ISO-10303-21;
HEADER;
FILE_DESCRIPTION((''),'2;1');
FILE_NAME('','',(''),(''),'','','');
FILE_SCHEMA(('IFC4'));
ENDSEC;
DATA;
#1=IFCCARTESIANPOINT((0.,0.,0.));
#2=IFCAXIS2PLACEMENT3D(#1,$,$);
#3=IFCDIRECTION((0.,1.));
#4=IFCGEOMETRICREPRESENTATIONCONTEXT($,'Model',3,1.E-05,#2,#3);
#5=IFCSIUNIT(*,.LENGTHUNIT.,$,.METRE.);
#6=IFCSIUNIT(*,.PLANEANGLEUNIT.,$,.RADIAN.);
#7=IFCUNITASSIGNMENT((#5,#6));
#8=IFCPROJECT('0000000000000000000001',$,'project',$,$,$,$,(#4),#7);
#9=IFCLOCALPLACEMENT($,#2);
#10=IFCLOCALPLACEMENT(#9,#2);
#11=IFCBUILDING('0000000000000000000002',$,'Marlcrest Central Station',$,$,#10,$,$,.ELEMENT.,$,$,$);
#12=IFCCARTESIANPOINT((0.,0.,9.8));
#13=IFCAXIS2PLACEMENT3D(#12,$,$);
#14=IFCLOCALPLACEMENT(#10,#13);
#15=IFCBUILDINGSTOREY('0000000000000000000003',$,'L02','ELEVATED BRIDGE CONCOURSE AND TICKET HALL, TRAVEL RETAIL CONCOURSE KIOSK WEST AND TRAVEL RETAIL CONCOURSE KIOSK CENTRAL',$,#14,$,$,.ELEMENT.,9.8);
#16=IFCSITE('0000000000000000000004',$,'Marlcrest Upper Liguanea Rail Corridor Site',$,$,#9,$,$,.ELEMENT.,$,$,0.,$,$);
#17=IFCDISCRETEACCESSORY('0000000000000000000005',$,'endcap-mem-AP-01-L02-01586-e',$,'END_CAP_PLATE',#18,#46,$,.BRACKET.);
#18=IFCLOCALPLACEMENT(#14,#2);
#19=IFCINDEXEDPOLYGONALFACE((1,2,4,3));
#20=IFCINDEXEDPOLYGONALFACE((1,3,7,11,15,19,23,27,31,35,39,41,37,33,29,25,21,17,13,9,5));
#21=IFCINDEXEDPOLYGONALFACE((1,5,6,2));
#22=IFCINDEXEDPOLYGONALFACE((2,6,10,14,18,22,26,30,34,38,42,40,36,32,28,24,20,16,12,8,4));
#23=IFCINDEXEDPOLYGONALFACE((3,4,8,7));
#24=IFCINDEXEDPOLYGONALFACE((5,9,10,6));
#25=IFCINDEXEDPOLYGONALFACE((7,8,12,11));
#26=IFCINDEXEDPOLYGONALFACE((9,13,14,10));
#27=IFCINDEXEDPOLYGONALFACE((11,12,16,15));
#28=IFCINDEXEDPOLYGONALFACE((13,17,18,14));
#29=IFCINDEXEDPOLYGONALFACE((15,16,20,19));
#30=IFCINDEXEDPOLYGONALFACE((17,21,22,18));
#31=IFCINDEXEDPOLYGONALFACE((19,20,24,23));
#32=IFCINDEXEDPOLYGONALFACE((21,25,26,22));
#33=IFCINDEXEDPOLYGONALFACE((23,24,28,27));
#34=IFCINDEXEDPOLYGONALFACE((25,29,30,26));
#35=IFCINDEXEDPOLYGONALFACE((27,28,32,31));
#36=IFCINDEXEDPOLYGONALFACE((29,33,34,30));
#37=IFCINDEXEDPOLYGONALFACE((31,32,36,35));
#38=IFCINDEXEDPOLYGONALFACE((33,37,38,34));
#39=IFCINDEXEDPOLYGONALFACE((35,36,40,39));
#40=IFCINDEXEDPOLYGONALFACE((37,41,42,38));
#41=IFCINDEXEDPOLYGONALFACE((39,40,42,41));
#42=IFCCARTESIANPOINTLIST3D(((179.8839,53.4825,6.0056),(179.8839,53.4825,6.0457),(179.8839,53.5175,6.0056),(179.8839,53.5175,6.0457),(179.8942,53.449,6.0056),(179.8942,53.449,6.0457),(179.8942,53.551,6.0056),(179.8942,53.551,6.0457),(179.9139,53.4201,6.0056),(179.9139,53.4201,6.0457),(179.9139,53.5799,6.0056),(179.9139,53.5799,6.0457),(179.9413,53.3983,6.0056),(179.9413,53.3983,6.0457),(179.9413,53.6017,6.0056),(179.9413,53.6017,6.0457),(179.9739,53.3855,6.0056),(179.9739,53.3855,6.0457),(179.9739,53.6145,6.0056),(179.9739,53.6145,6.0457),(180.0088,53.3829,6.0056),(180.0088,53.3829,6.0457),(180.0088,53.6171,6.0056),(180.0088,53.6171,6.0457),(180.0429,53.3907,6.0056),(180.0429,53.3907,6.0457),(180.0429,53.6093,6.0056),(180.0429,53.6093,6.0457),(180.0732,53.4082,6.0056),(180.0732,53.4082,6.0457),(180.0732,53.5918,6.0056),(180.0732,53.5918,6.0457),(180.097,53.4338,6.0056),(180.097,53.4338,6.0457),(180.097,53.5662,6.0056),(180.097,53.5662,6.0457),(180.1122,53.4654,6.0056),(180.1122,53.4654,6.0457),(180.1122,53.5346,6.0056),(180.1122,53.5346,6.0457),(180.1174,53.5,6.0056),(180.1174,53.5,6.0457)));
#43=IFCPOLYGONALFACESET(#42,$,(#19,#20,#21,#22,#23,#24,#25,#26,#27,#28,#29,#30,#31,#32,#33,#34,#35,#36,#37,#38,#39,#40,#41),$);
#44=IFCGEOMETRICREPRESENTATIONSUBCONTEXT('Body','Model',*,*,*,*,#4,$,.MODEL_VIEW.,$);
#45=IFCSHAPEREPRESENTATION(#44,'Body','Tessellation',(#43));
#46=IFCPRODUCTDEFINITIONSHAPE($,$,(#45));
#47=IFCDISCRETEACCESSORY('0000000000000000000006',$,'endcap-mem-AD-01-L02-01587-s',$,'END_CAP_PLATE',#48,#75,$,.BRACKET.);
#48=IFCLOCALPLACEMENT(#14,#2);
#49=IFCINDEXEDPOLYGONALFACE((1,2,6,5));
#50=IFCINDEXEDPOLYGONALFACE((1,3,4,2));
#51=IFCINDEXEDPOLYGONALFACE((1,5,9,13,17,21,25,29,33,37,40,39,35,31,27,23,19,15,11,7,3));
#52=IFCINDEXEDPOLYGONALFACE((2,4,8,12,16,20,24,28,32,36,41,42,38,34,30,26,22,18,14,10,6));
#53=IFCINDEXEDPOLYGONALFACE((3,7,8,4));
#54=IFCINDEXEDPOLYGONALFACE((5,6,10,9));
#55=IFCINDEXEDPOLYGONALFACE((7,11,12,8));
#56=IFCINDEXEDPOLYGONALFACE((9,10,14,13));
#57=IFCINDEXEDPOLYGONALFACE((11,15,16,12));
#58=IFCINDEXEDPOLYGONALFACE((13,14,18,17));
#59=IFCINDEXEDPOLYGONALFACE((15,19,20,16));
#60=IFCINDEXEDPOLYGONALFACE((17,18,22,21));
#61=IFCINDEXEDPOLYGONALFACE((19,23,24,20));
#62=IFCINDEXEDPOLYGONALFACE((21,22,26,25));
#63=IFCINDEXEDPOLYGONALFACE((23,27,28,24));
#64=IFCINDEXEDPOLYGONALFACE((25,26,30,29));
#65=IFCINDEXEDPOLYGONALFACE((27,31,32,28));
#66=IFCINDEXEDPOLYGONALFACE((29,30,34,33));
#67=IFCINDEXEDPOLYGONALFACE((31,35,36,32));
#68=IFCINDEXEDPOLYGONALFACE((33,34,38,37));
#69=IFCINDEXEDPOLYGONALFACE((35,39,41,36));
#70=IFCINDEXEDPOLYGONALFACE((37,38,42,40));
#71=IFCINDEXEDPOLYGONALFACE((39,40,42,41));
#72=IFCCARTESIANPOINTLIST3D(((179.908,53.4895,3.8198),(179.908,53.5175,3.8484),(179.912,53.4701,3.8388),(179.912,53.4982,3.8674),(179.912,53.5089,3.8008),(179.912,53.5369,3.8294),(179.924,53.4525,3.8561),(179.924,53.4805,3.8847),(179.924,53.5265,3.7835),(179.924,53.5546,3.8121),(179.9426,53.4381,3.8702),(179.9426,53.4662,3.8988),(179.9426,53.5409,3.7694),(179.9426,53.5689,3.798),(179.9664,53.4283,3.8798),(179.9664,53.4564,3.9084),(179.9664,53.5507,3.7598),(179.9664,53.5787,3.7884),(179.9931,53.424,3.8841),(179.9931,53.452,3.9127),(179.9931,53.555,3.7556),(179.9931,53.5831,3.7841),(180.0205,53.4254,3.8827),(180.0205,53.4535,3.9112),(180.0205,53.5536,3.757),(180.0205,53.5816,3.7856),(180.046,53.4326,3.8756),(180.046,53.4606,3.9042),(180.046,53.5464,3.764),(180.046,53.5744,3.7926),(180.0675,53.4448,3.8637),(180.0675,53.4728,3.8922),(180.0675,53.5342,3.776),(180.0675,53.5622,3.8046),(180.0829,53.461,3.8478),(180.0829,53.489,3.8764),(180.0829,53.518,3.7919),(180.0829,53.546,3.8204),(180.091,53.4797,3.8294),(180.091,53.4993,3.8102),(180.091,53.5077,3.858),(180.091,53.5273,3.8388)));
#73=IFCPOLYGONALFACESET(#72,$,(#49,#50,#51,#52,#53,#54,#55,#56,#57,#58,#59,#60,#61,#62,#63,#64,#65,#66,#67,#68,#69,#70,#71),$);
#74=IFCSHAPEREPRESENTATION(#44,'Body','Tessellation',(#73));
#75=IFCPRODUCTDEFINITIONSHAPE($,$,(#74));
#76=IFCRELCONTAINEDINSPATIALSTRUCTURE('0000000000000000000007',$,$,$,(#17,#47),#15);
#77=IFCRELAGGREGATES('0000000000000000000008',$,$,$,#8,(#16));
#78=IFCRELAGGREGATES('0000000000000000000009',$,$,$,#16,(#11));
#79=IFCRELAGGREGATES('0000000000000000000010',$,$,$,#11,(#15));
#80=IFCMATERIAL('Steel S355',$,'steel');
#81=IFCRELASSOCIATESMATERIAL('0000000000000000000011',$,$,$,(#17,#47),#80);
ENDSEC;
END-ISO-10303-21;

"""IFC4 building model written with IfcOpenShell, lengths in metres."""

from ifc_helpers import new_model, si_unit, direction, frame, origin, origin_2d, place, context, subcontext, project, spatial, circle, extrude, material, element, save


model = new_model("IFC4")

# Units and contexts
model_context = context("Model", 3, precision=1e-05, world=origin(), true_north=direction((0.0, 1.0)))
body_context = subcontext(model_context, "Body", "Model", "MODEL_VIEW")
ifc_project = project(units=[si_unit("LENGTHUNIT", "METRE"), si_unit("PLANEANGLEUNIT", "RADIAN")], contexts=[model_context])

# Site, building, storey
site_placement = place(None, origin())
site = spatial("IfcSite", under=ifc_project, at=site_placement, Name="Marlcrest Upper Liguanea Rail Corridor Site", CompositionType="ELEMENT", RefElevation=0.0)
building_placement = place(site_placement, origin())
building = spatial("IfcBuilding", under=site, at=building_placement, Name="Marlcrest Central Station", CompositionType="ELEMENT")
storey_placement = place(building_placement, frame((0.0, 0.0, 9.8)))
storey = spatial("IfcBuildingStorey", under=building, at=storey_placement, Name="L02", Description="ELEVATED BRIDGE CONCOURSE AND TICKET HALL, TRAVEL RETAIL CONCOURSE KIOSK WEST AND TRAVEL RETAIL CONCOURSE KIOSK CENTRAL", CompositionType="ELEMENT", Elevation=9.8)

# Shared definitions
ifc_material = material(Name="Steel S355", Category="steel")

# Discrete accessories
for number, where, z_axis, x_axis, name in (
    (1, (180.0, 53.5, 6.0056), (0.0, 0.0, 1.0), (1.0, 0.0, 0.0), "endcap-mem-AP-01-L02-01586-e"),
):
    element("IfcDiscreteAccessory", number, at=place(storey_placement, frame(where, z_axis=z_axis, x_axis=x_axis)), inside=storey, material=ifc_material, Name=name, ObjectType="END_CAP_PLATE", PredefinedType="BRACKET", context=body_context, shape_type="SweptSolid", body=[
        extrude(circle(Radius=0.1174, at=origin_2d()), origin(), (0.0, 0.0, 1.0), 0.04),
    ])
discrete_accessory_1_placement = place(storey_placement, frame((180.0, 53.4895, 3.8198), z_axis=(0.0, 0.700235, 0.713912), x_axis=(-1.0, 0.0, 0.0)))
element("IfcDiscreteAccessory", 2, at=discrete_accessory_1_placement, inside=storey, material=ifc_material, Name="endcap-mem-AD-01-L02-01587-s", ObjectType="END_CAP_PLATE", PredefinedType="BRACKET", context=body_context, shape_type="SweptSolid", body=[
    extrude(circle(Radius=0.092, at=origin_2d()), origin(), (0.0, 0.0, 1.0), 0.04),
])

save(model, "model.ifc")
